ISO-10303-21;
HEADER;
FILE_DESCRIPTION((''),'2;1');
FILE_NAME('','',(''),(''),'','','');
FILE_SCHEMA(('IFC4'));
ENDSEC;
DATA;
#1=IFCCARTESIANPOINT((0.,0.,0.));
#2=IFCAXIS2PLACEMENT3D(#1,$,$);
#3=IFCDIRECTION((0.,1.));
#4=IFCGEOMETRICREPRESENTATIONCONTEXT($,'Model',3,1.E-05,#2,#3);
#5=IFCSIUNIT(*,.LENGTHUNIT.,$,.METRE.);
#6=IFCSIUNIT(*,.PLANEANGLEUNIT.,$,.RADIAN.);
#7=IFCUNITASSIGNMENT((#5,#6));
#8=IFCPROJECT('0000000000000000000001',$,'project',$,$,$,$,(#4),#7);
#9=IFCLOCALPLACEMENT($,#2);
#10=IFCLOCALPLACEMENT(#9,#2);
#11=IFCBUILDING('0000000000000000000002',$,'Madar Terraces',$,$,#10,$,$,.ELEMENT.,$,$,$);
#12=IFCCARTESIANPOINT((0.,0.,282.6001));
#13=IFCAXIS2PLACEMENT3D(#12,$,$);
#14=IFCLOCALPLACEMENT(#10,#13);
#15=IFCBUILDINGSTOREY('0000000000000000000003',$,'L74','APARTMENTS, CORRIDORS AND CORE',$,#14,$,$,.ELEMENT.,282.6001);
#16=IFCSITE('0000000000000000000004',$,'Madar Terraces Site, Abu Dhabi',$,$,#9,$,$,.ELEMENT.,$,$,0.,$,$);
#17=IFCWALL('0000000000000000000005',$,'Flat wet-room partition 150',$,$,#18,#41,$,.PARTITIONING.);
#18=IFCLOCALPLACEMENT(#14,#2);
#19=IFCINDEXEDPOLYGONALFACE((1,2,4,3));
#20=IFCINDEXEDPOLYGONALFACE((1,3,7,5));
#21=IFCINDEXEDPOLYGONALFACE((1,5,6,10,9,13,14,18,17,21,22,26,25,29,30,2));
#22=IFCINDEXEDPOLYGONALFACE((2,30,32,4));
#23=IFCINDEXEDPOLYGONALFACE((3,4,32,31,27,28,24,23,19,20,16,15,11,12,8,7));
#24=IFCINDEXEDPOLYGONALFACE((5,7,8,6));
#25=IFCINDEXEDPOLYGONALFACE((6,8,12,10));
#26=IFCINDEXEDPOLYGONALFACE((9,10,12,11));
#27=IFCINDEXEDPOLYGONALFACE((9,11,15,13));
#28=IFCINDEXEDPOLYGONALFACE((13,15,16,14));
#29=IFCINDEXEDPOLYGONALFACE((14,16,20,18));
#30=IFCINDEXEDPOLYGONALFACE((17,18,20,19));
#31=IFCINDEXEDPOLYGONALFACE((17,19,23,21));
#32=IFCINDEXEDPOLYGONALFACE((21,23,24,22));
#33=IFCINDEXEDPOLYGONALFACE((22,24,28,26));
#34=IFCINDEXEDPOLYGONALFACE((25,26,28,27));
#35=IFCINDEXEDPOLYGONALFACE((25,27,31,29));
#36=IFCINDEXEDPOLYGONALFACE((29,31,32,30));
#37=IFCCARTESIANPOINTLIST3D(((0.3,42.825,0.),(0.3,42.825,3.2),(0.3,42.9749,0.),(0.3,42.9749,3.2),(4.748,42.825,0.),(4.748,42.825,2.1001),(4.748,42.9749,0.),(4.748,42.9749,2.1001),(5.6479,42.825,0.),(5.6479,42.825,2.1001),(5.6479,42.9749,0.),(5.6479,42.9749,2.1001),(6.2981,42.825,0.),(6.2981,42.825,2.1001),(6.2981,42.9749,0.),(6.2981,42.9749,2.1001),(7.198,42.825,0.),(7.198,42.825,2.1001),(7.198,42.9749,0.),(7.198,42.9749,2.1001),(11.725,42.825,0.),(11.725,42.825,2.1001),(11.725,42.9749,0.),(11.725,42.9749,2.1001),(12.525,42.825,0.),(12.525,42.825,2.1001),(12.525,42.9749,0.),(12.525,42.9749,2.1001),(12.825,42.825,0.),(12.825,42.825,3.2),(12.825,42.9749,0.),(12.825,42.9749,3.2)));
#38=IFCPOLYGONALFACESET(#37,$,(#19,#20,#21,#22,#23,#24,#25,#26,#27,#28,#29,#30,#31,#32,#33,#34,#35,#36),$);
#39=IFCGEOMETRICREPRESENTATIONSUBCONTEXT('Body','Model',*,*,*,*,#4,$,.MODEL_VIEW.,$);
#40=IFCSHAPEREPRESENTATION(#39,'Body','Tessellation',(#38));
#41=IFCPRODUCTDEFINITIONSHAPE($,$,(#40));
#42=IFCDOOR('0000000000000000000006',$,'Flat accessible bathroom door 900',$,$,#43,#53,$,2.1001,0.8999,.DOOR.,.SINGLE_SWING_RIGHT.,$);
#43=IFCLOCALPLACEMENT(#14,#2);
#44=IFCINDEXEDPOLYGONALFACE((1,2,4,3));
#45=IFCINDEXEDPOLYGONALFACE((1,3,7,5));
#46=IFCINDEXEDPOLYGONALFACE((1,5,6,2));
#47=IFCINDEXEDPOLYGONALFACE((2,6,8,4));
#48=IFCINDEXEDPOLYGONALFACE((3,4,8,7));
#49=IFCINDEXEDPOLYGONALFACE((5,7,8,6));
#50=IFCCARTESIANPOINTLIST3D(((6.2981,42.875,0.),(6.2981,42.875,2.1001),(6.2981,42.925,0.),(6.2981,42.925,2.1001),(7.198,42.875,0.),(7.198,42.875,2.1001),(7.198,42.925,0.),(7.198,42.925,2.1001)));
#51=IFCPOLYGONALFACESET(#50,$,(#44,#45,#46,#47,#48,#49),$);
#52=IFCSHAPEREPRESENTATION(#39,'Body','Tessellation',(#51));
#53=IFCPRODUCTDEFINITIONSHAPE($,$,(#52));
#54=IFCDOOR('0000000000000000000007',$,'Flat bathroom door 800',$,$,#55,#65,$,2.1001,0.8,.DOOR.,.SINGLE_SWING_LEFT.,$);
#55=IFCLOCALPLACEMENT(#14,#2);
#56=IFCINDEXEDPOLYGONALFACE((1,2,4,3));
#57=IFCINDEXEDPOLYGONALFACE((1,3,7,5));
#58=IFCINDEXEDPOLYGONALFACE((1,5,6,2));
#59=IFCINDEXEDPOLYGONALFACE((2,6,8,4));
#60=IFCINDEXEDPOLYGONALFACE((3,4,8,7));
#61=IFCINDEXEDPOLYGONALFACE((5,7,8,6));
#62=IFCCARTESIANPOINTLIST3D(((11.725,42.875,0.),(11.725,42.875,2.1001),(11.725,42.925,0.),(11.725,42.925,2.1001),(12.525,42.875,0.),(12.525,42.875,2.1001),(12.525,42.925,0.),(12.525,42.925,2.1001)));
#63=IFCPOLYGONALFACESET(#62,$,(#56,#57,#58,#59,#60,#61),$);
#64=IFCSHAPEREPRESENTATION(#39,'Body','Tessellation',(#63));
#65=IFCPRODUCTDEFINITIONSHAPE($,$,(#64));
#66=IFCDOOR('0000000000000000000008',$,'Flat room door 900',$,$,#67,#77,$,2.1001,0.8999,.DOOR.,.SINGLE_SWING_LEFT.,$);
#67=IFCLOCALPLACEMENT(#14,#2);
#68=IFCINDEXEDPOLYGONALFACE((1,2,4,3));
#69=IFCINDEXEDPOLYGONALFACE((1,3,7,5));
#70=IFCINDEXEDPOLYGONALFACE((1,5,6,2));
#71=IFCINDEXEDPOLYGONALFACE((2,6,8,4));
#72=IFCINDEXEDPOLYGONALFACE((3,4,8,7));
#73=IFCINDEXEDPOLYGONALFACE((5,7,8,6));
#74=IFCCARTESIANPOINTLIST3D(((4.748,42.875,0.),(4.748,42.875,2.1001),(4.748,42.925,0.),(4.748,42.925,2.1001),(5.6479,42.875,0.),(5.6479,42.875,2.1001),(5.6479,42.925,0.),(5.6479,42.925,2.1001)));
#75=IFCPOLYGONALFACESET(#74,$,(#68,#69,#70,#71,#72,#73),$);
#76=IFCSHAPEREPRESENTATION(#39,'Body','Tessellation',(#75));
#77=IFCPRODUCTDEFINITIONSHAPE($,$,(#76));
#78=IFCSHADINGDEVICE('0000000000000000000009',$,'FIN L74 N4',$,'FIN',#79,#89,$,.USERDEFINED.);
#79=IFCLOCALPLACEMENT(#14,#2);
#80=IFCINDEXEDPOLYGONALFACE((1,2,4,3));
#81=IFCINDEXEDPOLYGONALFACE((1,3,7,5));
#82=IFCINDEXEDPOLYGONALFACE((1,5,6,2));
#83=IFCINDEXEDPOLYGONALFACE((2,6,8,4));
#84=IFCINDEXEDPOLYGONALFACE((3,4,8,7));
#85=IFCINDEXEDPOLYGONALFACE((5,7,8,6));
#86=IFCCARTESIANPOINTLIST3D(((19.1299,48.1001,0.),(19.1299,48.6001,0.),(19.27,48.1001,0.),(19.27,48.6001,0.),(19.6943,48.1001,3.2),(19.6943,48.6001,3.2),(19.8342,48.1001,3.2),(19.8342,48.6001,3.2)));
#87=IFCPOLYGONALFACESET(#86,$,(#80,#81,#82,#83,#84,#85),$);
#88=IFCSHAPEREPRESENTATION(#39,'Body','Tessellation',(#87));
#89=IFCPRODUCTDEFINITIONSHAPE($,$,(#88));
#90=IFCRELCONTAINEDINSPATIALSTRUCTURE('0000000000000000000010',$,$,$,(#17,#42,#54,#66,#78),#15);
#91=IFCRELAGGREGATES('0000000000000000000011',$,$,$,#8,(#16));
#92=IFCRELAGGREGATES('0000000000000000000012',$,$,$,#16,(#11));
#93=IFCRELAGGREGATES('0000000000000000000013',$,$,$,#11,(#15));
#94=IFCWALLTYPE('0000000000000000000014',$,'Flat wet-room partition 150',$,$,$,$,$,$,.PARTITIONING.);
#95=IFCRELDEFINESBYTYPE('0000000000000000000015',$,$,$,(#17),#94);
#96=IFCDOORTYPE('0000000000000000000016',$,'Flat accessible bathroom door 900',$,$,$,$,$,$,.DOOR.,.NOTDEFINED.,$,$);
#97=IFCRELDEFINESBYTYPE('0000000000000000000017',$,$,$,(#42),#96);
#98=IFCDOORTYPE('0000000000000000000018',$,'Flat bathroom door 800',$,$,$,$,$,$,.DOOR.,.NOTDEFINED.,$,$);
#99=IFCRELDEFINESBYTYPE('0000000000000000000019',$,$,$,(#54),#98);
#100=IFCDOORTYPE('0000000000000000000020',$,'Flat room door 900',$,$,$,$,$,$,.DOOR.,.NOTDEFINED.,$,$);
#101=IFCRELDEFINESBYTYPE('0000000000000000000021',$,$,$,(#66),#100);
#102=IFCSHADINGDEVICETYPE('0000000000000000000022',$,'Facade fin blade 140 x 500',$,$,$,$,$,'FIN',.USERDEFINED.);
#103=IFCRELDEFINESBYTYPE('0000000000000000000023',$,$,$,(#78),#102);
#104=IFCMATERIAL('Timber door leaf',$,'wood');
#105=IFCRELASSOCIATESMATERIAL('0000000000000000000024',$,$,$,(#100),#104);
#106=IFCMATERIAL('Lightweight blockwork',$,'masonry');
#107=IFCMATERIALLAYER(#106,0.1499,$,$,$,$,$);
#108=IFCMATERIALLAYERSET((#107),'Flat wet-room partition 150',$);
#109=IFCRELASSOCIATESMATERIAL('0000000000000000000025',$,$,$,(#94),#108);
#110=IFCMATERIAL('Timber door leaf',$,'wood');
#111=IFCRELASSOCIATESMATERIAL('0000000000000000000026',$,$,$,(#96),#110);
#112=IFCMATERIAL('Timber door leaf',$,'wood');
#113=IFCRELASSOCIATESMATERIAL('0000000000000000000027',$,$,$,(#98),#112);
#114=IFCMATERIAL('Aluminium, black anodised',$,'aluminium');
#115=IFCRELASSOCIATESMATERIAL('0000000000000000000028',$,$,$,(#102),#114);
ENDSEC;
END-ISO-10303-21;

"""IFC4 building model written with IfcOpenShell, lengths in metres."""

from ifc_helpers import new_model, si_unit, direction, frame, frame_2d, origin, place, context, subcontext, project, spatial, polyline, rectangle, outline, extrude, material, layer, layer_set, type_object, element, fill, save


model = new_model("IFC4")

# Units and contexts
model_context = context("Model", 3, precision=1e-05, world=origin(), true_north=direction((0.0, 1.0)))
body_context = subcontext(model_context, "Body", "Model", "MODEL_VIEW")
ifc_project = project(units=[si_unit("LENGTHUNIT", "METRE"), si_unit("PLANEANGLEUNIT", "RADIAN")], contexts=[model_context])

# Site, building, storey
site_placement = place(None, origin())
site = spatial("IfcSite", under=ifc_project, at=site_placement, Name="Madar Terraces Site, Abu Dhabi", CompositionType="ELEMENT", RefElevation=0.0)
building_placement = place(site_placement, origin())
building = spatial("IfcBuilding", under=site, at=building_placement, Name="Madar Terraces", CompositionType="ELEMENT")
storey_placement = place(building_placement, frame((0.0, 0.0, 282.6001)))
storey = spatial("IfcBuildingStorey", under=building, at=storey_placement, Name="L74", Description="APARTMENTS, CORRIDORS AND CORE", CompositionType="ELEMENT", Elevation=282.6001)

# Shared definitions
ifc_material_1 = material(Name="Timber door leaf", Category="wood")
door_type_1 = type_object("IfcDoorType", Name="Flat room door 900", OperationType="NOTDEFINED", PredefinedType="DOOR", material=ifc_material_1)

# Wall, openings, doors
ifc_material_2 = material(Name="Lightweight blockwork", Category="masonry")
ifc_layer_1 = layer(ifc_material_2, 0.1499)
ifc_layer_set_1 = layer_set([ifc_layer_1], Name="Flat wet-room partition 150")
wall_type_1 = type_object("IfcWallType", Name="Flat wet-room partition 150", PredefinedType="PARTITIONING", material=ifc_layer_set_1)
wall_1_placement = place(storey_placement, frame((12.825, 42.8999, 0.0), z_axis=(0.0, 0.0, 1.0), x_axis=(-1.0, 0.0, 0.0)))
wall_1 = element("IfcWall", 1, at=wall_1_placement, inside=storey, type_object=wall_type_1, Name="Flat wet-room partition 150", PredefinedType="PARTITIONING", context=body_context, shape_type="SweptSolid", body=[
    extrude(rectangle(XDim=12.5249, YDim=0.1499, at=frame_2d((6.2625, 0.0))), origin(), (0.0, 0.0, 1.0), 3.2),
])
opening_1_placement = place(wall_1_placement, frame((0.3, 0.0, 0.0)))
opening_1 = element("IfcOpeningElement", 2, at=opening_1_placement, cuts=wall_1, PredefinedType="OPENING", context=body_context, shape_type="SweptSolid", body=[
    extrude(rectangle(XDim=0.8, YDim=2.1001, at=frame_2d((0.3999, 1.05))), frame((0.0, 0.085, 0.0), z_axis=(0.0, -1.0, 0.0), x_axis=(1.0, 0.0, 0.0)), (0.0, 0.0, 1.0), 0.1699),
])
opening_2_placement = place(wall_1_placement, frame((5.627, 0.0, 0.0)))
opening_2 = element("IfcOpeningElement", 3, at=opening_2_placement, cuts=wall_1, PredefinedType="OPENING", context=body_context, shape_type="SweptSolid", body=[
    extrude(rectangle(XDim=0.8999, YDim=2.1001, at=frame_2d((0.45, 1.05))), frame((0.0, 0.085, 0.0), z_axis=(0.0, -1.0, 0.0), x_axis=(1.0, 0.0, 0.0)), (0.0, 0.0, 1.0), 0.1699),
])
opening_3_placement = place(wall_1_placement, frame((7.177, 0.0, 0.0)))
opening_3 = element("IfcOpeningElement", 4, at=opening_3_placement, cuts=wall_1, PredefinedType="OPENING", context=body_context, shape_type="SweptSolid", body=[
    extrude(rectangle(XDim=0.8999, YDim=2.1001, at=frame_2d((0.45, 1.05))), frame((0.0, 0.085, 0.0), z_axis=(0.0, -1.0, 0.0), x_axis=(1.0, 0.0, 0.0)), (0.0, 0.0, 1.0), 0.1699),
])
ifc_material_3 = material(Name="Timber door leaf", Category="wood")
door_type_2 = type_object("IfcDoorType", Name="Flat accessible bathroom door 900", OperationType="NOTDEFINED", PredefinedType="DOOR", material=ifc_material_3)
door_1_placement = place(opening_2_placement, origin())
door_1 = element("IfcDoor", 5, at=door_1_placement, inside=storey, type_object=door_type_2, Name="Flat accessible bathroom door 900", OperationType="SINGLE_SWING_RIGHT", OverallHeight=2.1001, OverallWidth=0.8999, PredefinedType="DOOR", context=body_context, shape_type="SweptSolid", body=[
    extrude(rectangle(XDim=0.8999, YDim=2.1001, at=frame_2d((0.45, 1.05))), frame((0.0, 0.0249, 0.0), z_axis=(0.0, -1.0, 0.0), x_axis=(1.0, 0.0, 0.0)), (0.0, 0.0, 1.0), 0.05),
])
fill(opening_2, door_1)
ifc_material_4 = material(Name="Timber door leaf", Category="wood")
door_type_3 = type_object("IfcDoorType", Name="Flat bathroom door 800", OperationType="NOTDEFINED", PredefinedType="DOOR", material=ifc_material_4)
door_2_placement = place(opening_1_placement, origin())
door_2 = element("IfcDoor", 6, at=door_2_placement, inside=storey, type_object=door_type_3, Name="Flat bathroom door 800", OperationType="SINGLE_SWING_LEFT", OverallHeight=2.1001, OverallWidth=0.8, PredefinedType="DOOR", context=body_context, shape_type="SweptSolid", body=[
    extrude(rectangle(XDim=0.8, YDim=2.1001, at=frame_2d((0.3999, 1.05))), frame((0.0, 0.0249, 0.0), z_axis=(0.0, -1.0, 0.0), x_axis=(1.0, 0.0, 0.0)), (0.0, 0.0, 1.0), 0.05),
])
fill(opening_1, door_2)
door_3_placement = place(opening_3_placement, origin())
door_3 = element("IfcDoor", 7, at=door_3_placement, inside=storey, type_object=door_type_1, Name="Flat room door 900", OperationType="SINGLE_SWING_LEFT", OverallHeight=2.1001, OverallWidth=0.8999, PredefinedType="DOOR", context=body_context, shape_type="SweptSolid", body=[
    extrude(rectangle(XDim=0.8999, YDim=2.1001, at=frame_2d((0.45, 1.05))), frame((0.0, 0.0249, 0.0), z_axis=(0.0, -1.0, 0.0), x_axis=(1.0, 0.0, 0.0)), (0.0, 0.0, 1.0), 0.05),
])
fill(opening_3, door_3)

# Shading device
ifc_material_5 = material(Name="Aluminium, black anodised", Category="aluminium")
shading_device_type = type_object("IfcShadingDeviceType", Name="Facade fin blade 140 x 500", ElementType="FIN", PredefinedType="USERDEFINED", material=ifc_material_5)
shading_device_placement = place(storey_placement, frame((19.27, 48.3501, 0.0), z_axis=(0.0, 0.0, 1.0), x_axis=(-1.0, 0.0, 0.0)))
element("IfcShadingDevice", 8, at=shading_device_placement, inside=storey, type_object=shading_device_type, Name="FIN L74 N4", ObjectType="FIN", PredefinedType="USERDEFINED", context=body_context, shape_type="SweptSolid", body=[
    extrude(outline(polyline([(0.0, 0.0), (0.1401, 0.0), (-0.4243, 3.2), (-0.5642, 3.2), (0.0, 0.0)])), frame((0.0, 0.25, 0.0), z_axis=(0.0, -1.0, 0.0), x_axis=(1.0, 0.0, 0.0)), (0.0, 0.0, 1.0), 0.5),
])

save(model, "model.ifc")
